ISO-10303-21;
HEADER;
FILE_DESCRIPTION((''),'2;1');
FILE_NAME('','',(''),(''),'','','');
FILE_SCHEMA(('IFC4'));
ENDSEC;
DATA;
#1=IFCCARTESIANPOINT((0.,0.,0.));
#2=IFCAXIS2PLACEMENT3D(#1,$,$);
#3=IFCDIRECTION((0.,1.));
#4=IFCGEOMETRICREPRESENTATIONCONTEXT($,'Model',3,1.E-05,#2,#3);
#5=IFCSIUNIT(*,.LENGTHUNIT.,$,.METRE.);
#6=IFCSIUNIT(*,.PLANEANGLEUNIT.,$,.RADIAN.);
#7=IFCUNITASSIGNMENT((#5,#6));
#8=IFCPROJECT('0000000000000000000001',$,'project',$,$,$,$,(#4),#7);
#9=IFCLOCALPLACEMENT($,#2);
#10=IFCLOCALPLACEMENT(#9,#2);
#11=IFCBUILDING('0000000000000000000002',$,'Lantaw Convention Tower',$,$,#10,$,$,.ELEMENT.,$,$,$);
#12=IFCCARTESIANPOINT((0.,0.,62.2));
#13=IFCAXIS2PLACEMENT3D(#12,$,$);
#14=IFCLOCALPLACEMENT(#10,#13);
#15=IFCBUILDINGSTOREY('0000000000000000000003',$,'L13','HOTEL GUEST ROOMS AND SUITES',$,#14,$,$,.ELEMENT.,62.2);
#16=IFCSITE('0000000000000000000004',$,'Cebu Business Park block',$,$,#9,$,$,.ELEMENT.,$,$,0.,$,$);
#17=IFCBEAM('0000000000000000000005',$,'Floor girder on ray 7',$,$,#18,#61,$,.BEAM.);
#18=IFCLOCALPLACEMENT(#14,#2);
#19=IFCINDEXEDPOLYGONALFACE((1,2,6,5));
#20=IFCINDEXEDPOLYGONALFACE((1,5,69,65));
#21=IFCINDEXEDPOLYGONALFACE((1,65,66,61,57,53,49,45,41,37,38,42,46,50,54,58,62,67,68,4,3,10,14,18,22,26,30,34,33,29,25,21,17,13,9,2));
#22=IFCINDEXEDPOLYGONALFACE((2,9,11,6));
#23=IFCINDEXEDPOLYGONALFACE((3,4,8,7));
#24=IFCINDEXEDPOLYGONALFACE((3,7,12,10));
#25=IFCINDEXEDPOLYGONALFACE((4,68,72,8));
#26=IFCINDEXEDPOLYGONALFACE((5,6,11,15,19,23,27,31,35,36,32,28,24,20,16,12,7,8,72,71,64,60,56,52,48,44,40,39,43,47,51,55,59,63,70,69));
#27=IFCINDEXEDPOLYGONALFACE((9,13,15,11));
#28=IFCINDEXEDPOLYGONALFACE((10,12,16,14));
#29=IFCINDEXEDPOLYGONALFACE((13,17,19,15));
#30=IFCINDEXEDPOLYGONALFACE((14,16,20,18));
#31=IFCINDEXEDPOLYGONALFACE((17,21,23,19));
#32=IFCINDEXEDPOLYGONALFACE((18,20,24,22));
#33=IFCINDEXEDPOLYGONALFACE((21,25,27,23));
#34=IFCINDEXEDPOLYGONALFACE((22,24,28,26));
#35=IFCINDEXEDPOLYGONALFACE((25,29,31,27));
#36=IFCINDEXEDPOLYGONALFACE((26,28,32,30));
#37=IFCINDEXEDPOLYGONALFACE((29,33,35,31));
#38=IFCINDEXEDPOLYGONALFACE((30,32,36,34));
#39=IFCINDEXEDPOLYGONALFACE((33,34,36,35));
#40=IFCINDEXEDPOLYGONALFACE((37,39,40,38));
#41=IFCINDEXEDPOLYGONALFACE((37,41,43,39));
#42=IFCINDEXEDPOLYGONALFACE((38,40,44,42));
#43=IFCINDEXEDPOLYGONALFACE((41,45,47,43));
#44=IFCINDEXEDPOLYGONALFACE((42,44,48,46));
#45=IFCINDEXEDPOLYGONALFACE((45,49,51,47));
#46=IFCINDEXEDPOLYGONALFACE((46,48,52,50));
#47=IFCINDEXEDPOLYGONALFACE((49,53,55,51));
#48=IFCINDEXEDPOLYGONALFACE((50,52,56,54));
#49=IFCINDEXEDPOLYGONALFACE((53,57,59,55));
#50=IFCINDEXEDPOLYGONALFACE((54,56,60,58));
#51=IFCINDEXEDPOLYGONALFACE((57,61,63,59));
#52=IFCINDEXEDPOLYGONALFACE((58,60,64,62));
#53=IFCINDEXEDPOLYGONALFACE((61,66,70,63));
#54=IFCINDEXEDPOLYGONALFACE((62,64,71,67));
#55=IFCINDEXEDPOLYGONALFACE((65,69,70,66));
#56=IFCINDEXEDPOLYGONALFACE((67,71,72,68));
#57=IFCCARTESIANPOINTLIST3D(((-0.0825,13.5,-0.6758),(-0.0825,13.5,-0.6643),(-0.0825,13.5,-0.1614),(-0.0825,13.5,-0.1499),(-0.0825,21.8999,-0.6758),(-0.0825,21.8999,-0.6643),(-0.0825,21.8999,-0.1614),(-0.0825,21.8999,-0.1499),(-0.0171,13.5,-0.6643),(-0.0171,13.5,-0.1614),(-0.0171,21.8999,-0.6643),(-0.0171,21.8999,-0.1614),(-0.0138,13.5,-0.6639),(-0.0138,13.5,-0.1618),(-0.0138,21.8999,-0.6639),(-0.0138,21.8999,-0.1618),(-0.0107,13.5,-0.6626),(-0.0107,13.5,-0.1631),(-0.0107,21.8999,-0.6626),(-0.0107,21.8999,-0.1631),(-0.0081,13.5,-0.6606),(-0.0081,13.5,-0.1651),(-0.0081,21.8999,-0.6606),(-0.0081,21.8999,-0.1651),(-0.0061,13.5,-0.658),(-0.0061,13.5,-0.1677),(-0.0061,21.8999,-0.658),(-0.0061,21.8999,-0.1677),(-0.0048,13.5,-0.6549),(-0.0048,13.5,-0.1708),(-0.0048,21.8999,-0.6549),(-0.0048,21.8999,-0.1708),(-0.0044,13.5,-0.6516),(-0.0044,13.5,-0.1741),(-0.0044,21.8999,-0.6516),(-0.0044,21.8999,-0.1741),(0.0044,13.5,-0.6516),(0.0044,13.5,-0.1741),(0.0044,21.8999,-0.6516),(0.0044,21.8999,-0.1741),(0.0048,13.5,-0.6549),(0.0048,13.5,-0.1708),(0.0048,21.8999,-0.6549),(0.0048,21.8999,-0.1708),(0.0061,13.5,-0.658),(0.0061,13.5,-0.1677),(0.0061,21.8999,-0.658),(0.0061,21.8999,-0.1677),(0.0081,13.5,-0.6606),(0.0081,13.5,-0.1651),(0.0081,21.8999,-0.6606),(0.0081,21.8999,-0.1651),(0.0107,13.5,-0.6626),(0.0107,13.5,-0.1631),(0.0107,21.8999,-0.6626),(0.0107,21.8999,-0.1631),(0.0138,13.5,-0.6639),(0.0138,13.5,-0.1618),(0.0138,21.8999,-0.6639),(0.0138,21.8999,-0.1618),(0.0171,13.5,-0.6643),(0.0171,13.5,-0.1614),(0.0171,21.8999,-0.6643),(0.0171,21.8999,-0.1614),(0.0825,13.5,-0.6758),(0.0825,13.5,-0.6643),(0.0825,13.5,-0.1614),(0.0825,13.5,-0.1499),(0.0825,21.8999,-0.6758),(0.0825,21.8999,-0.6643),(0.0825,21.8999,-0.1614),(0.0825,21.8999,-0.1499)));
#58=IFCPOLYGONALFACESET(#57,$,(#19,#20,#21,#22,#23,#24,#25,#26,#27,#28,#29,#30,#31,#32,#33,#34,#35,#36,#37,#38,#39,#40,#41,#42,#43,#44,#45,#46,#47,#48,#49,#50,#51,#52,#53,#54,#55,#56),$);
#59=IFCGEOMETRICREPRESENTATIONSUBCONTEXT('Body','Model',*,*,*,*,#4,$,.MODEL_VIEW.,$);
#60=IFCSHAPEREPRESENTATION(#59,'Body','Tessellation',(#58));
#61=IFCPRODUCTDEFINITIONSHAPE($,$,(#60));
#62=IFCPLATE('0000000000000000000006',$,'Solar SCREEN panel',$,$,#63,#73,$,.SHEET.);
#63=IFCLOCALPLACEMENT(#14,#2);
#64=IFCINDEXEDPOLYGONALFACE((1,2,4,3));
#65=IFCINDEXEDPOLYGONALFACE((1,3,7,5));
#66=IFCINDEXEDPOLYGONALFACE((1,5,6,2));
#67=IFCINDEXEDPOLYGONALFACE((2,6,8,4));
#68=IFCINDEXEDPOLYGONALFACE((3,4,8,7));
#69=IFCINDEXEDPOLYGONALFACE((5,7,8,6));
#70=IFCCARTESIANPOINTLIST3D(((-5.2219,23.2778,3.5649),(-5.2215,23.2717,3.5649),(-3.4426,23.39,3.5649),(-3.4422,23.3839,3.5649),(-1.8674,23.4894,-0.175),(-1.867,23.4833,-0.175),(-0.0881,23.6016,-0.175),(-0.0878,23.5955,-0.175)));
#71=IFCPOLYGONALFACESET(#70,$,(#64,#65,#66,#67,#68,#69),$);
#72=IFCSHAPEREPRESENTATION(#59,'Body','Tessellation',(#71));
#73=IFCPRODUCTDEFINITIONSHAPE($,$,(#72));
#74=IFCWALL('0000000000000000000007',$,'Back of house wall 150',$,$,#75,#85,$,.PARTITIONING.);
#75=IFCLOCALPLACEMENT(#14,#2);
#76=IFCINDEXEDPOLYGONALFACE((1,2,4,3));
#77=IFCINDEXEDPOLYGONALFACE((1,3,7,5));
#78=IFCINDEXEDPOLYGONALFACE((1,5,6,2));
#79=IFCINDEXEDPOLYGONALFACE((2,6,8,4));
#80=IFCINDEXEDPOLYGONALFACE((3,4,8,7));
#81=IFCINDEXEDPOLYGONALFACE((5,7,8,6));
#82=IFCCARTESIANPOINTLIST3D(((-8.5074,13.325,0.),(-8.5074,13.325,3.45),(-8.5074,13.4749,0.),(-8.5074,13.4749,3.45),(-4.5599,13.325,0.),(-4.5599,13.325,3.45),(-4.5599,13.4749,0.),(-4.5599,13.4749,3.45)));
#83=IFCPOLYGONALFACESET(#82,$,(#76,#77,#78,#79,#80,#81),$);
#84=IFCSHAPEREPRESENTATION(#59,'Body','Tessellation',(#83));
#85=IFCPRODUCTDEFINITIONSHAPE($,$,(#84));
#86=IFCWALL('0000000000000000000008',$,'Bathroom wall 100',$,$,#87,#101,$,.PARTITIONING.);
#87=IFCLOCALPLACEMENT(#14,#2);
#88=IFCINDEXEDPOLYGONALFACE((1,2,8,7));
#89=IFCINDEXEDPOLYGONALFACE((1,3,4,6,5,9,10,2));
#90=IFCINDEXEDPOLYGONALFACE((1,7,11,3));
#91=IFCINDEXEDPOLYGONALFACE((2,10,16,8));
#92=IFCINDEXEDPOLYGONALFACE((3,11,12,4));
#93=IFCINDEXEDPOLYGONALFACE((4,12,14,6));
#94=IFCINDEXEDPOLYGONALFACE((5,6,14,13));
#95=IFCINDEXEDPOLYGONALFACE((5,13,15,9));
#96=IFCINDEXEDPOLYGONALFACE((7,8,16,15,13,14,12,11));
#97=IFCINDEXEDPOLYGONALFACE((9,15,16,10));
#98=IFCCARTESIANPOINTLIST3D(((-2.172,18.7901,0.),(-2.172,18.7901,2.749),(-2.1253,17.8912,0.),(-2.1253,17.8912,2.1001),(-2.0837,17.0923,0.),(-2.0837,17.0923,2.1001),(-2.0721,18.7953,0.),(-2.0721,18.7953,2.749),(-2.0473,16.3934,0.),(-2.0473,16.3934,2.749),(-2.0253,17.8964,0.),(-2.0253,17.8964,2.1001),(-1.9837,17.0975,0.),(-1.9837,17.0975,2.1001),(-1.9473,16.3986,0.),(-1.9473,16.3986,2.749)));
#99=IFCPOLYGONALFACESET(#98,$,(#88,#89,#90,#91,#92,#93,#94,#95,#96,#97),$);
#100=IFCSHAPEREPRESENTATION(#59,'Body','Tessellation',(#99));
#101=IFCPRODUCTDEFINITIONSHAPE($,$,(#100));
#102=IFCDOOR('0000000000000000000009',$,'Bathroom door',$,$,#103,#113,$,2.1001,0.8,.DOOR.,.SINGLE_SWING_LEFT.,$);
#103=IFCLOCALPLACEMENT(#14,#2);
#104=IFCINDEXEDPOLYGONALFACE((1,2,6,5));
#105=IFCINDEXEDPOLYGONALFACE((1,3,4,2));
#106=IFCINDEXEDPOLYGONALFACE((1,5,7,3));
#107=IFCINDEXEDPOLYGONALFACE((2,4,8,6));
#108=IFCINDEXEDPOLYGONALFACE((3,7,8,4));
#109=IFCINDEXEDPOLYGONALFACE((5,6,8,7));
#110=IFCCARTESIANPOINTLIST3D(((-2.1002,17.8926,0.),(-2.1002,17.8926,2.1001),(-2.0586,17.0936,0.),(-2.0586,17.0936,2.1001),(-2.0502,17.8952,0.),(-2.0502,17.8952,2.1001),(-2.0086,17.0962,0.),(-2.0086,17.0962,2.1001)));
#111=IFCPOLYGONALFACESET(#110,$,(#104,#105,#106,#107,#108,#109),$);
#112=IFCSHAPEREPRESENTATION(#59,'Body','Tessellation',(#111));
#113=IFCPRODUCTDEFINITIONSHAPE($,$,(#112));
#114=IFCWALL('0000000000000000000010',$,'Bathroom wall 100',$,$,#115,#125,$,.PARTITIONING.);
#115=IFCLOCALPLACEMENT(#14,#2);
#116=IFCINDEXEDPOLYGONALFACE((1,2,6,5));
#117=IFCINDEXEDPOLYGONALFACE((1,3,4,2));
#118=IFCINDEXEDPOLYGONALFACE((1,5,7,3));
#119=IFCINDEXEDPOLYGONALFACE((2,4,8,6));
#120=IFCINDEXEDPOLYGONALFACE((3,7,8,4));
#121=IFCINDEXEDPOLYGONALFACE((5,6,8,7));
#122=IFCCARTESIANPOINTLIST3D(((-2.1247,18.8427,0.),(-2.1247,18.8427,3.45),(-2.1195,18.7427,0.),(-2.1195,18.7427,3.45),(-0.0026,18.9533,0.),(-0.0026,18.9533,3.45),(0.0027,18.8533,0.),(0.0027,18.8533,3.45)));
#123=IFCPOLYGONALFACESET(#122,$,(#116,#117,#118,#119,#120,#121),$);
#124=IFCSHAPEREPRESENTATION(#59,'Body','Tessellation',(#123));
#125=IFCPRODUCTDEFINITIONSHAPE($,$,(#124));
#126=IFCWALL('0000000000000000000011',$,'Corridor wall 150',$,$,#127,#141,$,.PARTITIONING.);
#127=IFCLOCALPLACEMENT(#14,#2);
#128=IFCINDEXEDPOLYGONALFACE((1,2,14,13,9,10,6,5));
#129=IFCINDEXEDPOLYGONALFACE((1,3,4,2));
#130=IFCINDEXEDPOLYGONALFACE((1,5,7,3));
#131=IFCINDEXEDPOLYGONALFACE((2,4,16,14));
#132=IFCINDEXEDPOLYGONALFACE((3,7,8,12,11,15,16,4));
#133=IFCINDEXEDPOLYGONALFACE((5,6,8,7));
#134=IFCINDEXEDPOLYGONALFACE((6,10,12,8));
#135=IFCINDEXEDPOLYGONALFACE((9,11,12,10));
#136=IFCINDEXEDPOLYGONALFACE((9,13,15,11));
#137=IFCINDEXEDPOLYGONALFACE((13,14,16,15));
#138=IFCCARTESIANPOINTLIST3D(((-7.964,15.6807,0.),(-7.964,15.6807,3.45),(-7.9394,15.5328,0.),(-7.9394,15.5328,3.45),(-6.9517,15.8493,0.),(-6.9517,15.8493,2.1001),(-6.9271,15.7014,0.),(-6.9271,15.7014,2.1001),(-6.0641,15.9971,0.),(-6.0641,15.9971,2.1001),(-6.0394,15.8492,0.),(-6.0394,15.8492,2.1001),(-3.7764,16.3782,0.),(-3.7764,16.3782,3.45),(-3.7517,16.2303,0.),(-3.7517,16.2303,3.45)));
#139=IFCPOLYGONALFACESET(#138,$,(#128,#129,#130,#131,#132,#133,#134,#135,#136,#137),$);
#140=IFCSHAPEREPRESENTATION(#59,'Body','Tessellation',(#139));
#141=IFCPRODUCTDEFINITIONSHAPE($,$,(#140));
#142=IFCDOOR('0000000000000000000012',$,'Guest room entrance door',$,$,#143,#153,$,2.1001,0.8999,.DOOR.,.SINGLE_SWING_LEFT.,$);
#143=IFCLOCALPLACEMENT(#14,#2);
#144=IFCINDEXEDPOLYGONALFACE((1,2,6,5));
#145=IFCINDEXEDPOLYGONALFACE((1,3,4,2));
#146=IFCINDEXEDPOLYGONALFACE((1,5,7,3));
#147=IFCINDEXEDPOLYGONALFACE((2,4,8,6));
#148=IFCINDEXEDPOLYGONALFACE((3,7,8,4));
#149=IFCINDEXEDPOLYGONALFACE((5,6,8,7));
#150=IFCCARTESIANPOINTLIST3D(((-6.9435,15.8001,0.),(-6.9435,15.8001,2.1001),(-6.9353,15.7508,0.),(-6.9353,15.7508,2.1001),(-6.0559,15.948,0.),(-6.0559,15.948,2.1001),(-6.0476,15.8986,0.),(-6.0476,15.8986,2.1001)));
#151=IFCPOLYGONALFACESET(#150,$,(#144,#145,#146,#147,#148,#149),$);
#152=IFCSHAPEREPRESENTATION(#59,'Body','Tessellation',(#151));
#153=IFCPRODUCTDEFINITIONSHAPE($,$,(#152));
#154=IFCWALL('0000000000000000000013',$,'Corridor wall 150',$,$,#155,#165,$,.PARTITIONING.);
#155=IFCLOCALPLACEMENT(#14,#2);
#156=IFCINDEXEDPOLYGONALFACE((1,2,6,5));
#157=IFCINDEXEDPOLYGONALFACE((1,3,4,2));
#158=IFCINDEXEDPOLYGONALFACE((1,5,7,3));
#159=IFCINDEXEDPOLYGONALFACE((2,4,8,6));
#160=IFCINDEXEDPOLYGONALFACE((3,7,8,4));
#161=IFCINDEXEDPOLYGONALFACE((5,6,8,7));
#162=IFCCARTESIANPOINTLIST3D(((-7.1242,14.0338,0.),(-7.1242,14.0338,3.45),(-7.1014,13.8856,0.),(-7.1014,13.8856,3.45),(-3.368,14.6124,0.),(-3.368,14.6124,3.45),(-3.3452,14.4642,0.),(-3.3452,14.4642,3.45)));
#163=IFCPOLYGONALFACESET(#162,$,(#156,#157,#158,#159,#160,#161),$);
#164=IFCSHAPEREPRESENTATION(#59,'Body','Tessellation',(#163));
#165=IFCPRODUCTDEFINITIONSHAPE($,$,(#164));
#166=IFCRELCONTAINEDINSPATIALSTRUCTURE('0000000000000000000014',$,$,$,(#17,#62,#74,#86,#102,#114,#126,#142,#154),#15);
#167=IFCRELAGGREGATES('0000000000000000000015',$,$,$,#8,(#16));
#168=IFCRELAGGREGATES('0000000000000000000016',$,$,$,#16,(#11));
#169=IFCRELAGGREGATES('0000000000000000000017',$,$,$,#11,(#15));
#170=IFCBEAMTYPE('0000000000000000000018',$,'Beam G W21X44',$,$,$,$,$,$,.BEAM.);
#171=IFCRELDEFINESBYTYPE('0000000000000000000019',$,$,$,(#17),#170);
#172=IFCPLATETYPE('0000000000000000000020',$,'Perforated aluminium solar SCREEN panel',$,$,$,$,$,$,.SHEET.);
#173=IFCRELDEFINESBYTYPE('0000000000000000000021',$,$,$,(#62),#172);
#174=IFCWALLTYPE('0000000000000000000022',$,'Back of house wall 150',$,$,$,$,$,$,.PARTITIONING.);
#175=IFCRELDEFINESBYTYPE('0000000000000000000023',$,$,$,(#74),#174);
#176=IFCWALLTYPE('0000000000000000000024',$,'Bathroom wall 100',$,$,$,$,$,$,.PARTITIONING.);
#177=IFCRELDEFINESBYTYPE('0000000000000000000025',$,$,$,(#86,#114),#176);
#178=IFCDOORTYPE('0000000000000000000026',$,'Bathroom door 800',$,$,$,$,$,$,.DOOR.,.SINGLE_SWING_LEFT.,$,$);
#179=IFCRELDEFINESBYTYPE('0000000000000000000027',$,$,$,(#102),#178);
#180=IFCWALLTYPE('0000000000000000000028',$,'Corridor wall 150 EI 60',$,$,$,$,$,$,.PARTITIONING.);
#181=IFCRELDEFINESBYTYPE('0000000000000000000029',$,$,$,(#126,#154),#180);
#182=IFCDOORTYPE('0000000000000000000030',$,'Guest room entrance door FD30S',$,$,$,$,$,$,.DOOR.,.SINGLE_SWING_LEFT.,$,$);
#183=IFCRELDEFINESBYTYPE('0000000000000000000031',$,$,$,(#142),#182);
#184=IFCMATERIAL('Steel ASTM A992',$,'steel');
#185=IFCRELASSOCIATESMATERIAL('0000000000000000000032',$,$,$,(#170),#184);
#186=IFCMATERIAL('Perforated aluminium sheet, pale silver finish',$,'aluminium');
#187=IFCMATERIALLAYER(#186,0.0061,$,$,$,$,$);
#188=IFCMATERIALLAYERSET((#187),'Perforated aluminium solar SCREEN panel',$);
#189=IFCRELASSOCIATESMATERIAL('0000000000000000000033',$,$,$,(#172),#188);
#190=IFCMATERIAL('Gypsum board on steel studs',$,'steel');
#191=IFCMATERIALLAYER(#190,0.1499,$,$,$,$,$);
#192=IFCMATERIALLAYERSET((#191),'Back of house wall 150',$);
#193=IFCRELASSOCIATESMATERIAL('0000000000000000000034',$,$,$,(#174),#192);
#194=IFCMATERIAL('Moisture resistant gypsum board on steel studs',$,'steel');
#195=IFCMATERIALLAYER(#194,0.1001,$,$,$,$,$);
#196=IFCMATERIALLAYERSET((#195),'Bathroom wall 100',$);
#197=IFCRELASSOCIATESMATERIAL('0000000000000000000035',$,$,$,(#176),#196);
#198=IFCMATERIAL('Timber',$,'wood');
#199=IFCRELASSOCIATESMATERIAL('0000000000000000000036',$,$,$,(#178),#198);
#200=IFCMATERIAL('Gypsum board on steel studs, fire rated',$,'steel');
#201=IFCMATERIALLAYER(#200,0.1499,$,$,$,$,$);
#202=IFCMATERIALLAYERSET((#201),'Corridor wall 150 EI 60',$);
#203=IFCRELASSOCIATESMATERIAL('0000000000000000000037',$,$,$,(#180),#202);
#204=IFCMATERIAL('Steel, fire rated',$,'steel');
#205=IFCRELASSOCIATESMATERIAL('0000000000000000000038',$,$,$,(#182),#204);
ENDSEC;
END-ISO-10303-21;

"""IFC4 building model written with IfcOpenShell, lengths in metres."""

from ifc_helpers import new_model, si_unit, direction, frame, frame_2d, origin, origin_2d, place, context, subcontext, project, spatial, polyline, rectangle, i_section, outline, extrude, material, layer, layer_set, material_profile, profile_set, type_object, element, fill, save


model = new_model("IFC4")

# Units and contexts
model_context = context("Model", 3, precision=1e-05, world=origin(), true_north=direction((0.0, 1.0)))
body_context = subcontext(model_context, "Body", "Model", "MODEL_VIEW")
ifc_project = project(units=[si_unit("LENGTHUNIT", "METRE"), si_unit("PLANEANGLEUNIT", "RADIAN")], contexts=[model_context])

# Site, building, storey
site_placement = place(None, origin())
site = spatial("IfcSite", under=ifc_project, at=site_placement, Name="Cebu Business Park block", CompositionType="ELEMENT", RefElevation=0.0)
building_placement = place(site_placement, origin())
building = spatial("IfcBuilding", under=site, at=building_placement, Name="Lantaw Convention Tower", CompositionType="ELEMENT")
storey_placement = place(building_placement, frame((0.0, 0.0, 62.2)))
storey = spatial("IfcBuildingStorey", under=building, at=storey_placement, Name="L13", Description="HOTEL GUEST ROOMS AND SUITES", CompositionType="ELEMENT", Elevation=62.2)

# Beam
ifc_material_1 = material(Name="Steel ASTM A992", Category="steel")
ifc_material_profile_1 = material_profile(ifc_material_1, i_section(OverallWidth=0.165, OverallDepth=0.5259, WebThickness=0.0088, FlangeThickness=0.0115, FilletRadius=0.0127, at=origin_2d()), Name="W21X44")
ifc_profile_set_1 = profile_set([ifc_material_profile_1], Name="Steel ASTM A992")
beam_type_1 = type_object("IfcBeamType", Name="Beam G W21X44", PredefinedType="BEAM", material=ifc_profile_set_1)
beam_1_placement = place(storey_placement, frame((0.0, 13.5, -0.4128), z_axis=(0.0, 1.0, 0.0), x_axis=(-1.0, 0.0, 0.0)))
element("IfcBeam", 1, at=beam_1_placement, inside=storey, type_object=beam_type_1, Name="Floor girder on ray 7", PredefinedType="BEAM", context=body_context, shape_type="SweptSolid", body=[
    extrude(i_section(OverallWidth=0.165, OverallDepth=0.5259, WebThickness=0.0088, FlangeThickness=0.0115, FilletRadius=0.0127, at=origin_2d()), origin(), (0.0, 0.0, 1.0), 8.3999),
])

# Plate
ifc_material_2 = material(Name="Perforated aluminium sheet, pale silver finish", Category="aluminium")
ifc_layer_1 = layer(ifc_material_2, 0.0061)
ifc_layer_set_1 = layer_set([ifc_layer_1], Name="Perforated aluminium solar SCREEN panel")
plate_type = type_object("IfcPlateType", Name="Perforated aluminium solar SCREEN panel", PredefinedType="SHEET", material=ifc_layer_set_1)
plate_placement = place(storey_placement, frame((-0.0881, 23.6016, -0.175), z_axis=(-0.062924, 0.998018, 0.000014), x_axis=(-0.998018, -0.062924, 0.0)))
element("IfcPlate", 2, at=plate_placement, inside=storey, type_object=plate_type, Name="Solar SCREEN panel", PredefinedType="SHEET", context=body_context, shape_type="SweptSolid", body=[
    extrude(outline(polyline([(0.0, 0.0), (1.7828, 0.0), (5.144, 3.74), (3.3611, 3.74), (0.0, 0.0)])), origin(), (0.0, 0.0, -1.0), 0.0061),
])

# Wall
ifc_material_3 = material(Name="Gypsum board on steel studs", Category="steel")
ifc_layer_2 = layer(ifc_material_3, 0.1499)
ifc_layer_set_2 = layer_set([ifc_layer_2], Name="Back of house wall 150")
wall_type_1 = type_object("IfcWallType", Name="Back of house wall 150", PredefinedType="PARTITIONING", material=ifc_layer_set_2)
wall_1_placement = place(storey_placement, frame((-4.5601, 13.3999, 0.0), z_axis=(0.0, 0.0, 1.0), x_axis=(-1.0, 0.0, 0.0)))
element("IfcWall", 3, at=wall_1_placement, inside=storey, type_object=wall_type_1, Name="Back of house wall 150", PredefinedType="PARTITIONING", context=body_context, shape_type="SweptSolid", body=[
    extrude(rectangle(XDim=3.9475, YDim=0.1499, at=frame_2d((1.9736, 0.0))), origin(), (0.0, 0.0, 1.0), 3.45),
])

# Wall, opening, door
ifc_material_4 = material(Name="Moisture resistant gypsum board on steel studs", Category="steel")
ifc_layer_3 = layer(ifc_material_4, 0.1001)
ifc_layer_set_3 = layer_set([ifc_layer_3], Name="Bathroom wall 100")
wall_type_2 = type_object("IfcWallType", Name="Bathroom wall 100", PredefinedType="PARTITIONING", material=ifc_layer_set_3)
wall_2_placement = place(storey_placement, frame((-1.9973, 16.396, 0.0), z_axis=(0.0, 0.0, 1.0), x_axis=(-0.051982, 0.998648, 0.0)))
wall_2 = element("IfcWall", 4, at=wall_2_placement, inside=storey, type_object=wall_type_2, Name="Bathroom wall 100", PredefinedType="PARTITIONING", context=body_context, shape_type="SweptSolid", body=[
    extrude(rectangle(XDim=2.3999, YDim=0.1001, at=frame_2d((1.2, 0.0))), origin(), (0.0, 0.0, 1.0), 2.749),
])
opening_1_placement = place(wall_2_placement, frame((0.7, 0.0, 0.0)))
opening_1 = element("IfcOpeningElement", 5, at=opening_1_placement, cuts=wall_2, PredefinedType="OPENING", context=body_context, shape_type="SweptSolid", body=[
    extrude(rectangle(XDim=0.8, YDim=2.1001, at=frame_2d((0.3999, 1.05))), frame((0.0, 0.0601, 0.0), z_axis=(0.0, -1.0, 0.0), x_axis=(1.0, 0.0, 0.0)), (0.0, 0.0, 1.0), 0.1201),
])
ifc_material_5 = material(Name="Timber", Category="wood")
door_type_1 = type_object("IfcDoorType", Name="Bathroom door 800", OperationType="SINGLE_SWING_LEFT", PredefinedType="DOOR", material=ifc_material_5)
door_1_placement = place(opening_1_placement, origin())
door_1 = element("IfcDoor", 6, at=door_1_placement, inside=storey, type_object=door_type_1, Name="Bathroom door", OperationType="SINGLE_SWING_LEFT", OverallHeight=2.1001, OverallWidth=0.8, PredefinedType="DOOR", context=body_context, shape_type="SweptSolid", body=[
    extrude(rectangle(XDim=0.8, YDim=2.1001, at=frame_2d((0.3999, 1.05))), frame((0.0, 0.0249, 0.0), z_axis=(0.0, -1.0, 0.0), x_axis=(1.0, 0.0, 0.0)), (0.0, 0.0, 1.0), 0.05),
])
fill(opening_1, door_1)

# Wall
wall_3_placement = place(storey_placement, frame((-2.1221, 18.7927, 0.0), z_axis=(0.0, 0.0, 1.0), x_axis=(0.998645, 0.052046, 0.0)))
element("IfcWall", 7, at=wall_3_placement, inside=storey, type_object=wall_type_2, Name="Bathroom wall 100", PredefinedType="PARTITIONING", context=body_context, shape_type="SweptSolid", body=[
    extrude(rectangle(XDim=2.125, YDim=0.1001, at=frame_2d((1.0625, 0.0))), origin(), (0.0, 0.0, 1.0), 3.45),
])

# Wall, opening, door
ifc_material_6 = material(Name="Gypsum board on steel studs, fire rated", Category="steel")
ifc_layer_4 = layer(ifc_material_6, 0.1499)
ifc_layer_set_4 = layer_set([ifc_layer_4], Name="Corridor wall 150 EI 60")
wall_type_3 = type_object("IfcWallType", Name="Corridor wall 150 EI 60", PredefinedType="PARTITIONING", material=ifc_layer_set_4)
wall_4_placement = place(storey_placement, frame((-3.7642, 16.3042, 0.0), z_axis=(0.0, 0.0, 1.0), x_axis=(-0.986411, -0.164296, 0.0)))
wall_4 = element("IfcWall", 8, at=wall_4_placement, inside=storey, type_object=wall_type_3, Name="Corridor wall 150", PredefinedType="PARTITIONING", context=body_context, shape_type="SweptSolid", body=[
    extrude(rectangle(XDim=4.2454, YDim=0.1499, at=frame_2d((2.1226, 0.0))), origin(), (0.0, 0.0, 1.0), 3.45),
])
opening_2_placement = place(wall_4_placement, frame((2.3191, 0.0, 0.0)))
opening_2 = element("IfcOpeningElement", 9, at=opening_2_placement, cuts=wall_4, PredefinedType="OPENING", context=body_context, shape_type="SweptSolid", body=[
    extrude(rectangle(XDim=0.8999, YDim=2.1001, at=frame_2d((0.45, 1.05))), frame((0.0, 0.085, 0.0), z_axis=(0.0, -1.0, 0.0), x_axis=(1.0, 0.0, 0.0)), (0.0, 0.0, 1.0), 0.1699),
])
ifc_material_7 = material(Name="Steel, fire rated", Category="steel")
door_type_2 = type_object("IfcDoorType", Name="Guest room entrance door FD30S", OperationType="SINGLE_SWING_LEFT", PredefinedType="DOOR", material=ifc_material_7)
door_2_placement = place(opening_2_placement, origin())
door_2 = element("IfcDoor", 10, at=door_2_placement, inside=storey, type_object=door_type_2, Name="Guest room entrance door", OperationType="SINGLE_SWING_LEFT", OverallHeight=2.1001, OverallWidth=0.8999, PredefinedType="DOOR", context=body_context, shape_type="SweptSolid", body=[
    extrude(rectangle(XDim=0.8999, YDim=2.1001, at=frame_2d((0.45, 1.05))), frame((0.0, 0.0249, 0.0), z_axis=(0.0, -1.0, 0.0), x_axis=(1.0, 0.0, 0.0)), (0.0, 0.0, 1.0), 0.05),
])
fill(opening_2, door_2)

# Wall
wall_5_placement = place(storey_placement, frame((-3.3564, 14.5383, 0.0), z_axis=(0.0, 0.0, 1.0), x_axis=(-0.988343, -0.152241, 0.0)))
element("IfcWall", 11, at=wall_5_placement, inside=storey, type_object=wall_type_3, Name="Corridor wall 150", PredefinedType="PARTITIONING", context=body_context, shape_type="SweptSolid", body=[
    extrude(rectangle(XDim=3.8005, YDim=0.1499, at=frame_2d((1.9004, 0.0))), origin(), (0.0, 0.0, 1.0), 3.45),
])

save(model, "model.ifc")
